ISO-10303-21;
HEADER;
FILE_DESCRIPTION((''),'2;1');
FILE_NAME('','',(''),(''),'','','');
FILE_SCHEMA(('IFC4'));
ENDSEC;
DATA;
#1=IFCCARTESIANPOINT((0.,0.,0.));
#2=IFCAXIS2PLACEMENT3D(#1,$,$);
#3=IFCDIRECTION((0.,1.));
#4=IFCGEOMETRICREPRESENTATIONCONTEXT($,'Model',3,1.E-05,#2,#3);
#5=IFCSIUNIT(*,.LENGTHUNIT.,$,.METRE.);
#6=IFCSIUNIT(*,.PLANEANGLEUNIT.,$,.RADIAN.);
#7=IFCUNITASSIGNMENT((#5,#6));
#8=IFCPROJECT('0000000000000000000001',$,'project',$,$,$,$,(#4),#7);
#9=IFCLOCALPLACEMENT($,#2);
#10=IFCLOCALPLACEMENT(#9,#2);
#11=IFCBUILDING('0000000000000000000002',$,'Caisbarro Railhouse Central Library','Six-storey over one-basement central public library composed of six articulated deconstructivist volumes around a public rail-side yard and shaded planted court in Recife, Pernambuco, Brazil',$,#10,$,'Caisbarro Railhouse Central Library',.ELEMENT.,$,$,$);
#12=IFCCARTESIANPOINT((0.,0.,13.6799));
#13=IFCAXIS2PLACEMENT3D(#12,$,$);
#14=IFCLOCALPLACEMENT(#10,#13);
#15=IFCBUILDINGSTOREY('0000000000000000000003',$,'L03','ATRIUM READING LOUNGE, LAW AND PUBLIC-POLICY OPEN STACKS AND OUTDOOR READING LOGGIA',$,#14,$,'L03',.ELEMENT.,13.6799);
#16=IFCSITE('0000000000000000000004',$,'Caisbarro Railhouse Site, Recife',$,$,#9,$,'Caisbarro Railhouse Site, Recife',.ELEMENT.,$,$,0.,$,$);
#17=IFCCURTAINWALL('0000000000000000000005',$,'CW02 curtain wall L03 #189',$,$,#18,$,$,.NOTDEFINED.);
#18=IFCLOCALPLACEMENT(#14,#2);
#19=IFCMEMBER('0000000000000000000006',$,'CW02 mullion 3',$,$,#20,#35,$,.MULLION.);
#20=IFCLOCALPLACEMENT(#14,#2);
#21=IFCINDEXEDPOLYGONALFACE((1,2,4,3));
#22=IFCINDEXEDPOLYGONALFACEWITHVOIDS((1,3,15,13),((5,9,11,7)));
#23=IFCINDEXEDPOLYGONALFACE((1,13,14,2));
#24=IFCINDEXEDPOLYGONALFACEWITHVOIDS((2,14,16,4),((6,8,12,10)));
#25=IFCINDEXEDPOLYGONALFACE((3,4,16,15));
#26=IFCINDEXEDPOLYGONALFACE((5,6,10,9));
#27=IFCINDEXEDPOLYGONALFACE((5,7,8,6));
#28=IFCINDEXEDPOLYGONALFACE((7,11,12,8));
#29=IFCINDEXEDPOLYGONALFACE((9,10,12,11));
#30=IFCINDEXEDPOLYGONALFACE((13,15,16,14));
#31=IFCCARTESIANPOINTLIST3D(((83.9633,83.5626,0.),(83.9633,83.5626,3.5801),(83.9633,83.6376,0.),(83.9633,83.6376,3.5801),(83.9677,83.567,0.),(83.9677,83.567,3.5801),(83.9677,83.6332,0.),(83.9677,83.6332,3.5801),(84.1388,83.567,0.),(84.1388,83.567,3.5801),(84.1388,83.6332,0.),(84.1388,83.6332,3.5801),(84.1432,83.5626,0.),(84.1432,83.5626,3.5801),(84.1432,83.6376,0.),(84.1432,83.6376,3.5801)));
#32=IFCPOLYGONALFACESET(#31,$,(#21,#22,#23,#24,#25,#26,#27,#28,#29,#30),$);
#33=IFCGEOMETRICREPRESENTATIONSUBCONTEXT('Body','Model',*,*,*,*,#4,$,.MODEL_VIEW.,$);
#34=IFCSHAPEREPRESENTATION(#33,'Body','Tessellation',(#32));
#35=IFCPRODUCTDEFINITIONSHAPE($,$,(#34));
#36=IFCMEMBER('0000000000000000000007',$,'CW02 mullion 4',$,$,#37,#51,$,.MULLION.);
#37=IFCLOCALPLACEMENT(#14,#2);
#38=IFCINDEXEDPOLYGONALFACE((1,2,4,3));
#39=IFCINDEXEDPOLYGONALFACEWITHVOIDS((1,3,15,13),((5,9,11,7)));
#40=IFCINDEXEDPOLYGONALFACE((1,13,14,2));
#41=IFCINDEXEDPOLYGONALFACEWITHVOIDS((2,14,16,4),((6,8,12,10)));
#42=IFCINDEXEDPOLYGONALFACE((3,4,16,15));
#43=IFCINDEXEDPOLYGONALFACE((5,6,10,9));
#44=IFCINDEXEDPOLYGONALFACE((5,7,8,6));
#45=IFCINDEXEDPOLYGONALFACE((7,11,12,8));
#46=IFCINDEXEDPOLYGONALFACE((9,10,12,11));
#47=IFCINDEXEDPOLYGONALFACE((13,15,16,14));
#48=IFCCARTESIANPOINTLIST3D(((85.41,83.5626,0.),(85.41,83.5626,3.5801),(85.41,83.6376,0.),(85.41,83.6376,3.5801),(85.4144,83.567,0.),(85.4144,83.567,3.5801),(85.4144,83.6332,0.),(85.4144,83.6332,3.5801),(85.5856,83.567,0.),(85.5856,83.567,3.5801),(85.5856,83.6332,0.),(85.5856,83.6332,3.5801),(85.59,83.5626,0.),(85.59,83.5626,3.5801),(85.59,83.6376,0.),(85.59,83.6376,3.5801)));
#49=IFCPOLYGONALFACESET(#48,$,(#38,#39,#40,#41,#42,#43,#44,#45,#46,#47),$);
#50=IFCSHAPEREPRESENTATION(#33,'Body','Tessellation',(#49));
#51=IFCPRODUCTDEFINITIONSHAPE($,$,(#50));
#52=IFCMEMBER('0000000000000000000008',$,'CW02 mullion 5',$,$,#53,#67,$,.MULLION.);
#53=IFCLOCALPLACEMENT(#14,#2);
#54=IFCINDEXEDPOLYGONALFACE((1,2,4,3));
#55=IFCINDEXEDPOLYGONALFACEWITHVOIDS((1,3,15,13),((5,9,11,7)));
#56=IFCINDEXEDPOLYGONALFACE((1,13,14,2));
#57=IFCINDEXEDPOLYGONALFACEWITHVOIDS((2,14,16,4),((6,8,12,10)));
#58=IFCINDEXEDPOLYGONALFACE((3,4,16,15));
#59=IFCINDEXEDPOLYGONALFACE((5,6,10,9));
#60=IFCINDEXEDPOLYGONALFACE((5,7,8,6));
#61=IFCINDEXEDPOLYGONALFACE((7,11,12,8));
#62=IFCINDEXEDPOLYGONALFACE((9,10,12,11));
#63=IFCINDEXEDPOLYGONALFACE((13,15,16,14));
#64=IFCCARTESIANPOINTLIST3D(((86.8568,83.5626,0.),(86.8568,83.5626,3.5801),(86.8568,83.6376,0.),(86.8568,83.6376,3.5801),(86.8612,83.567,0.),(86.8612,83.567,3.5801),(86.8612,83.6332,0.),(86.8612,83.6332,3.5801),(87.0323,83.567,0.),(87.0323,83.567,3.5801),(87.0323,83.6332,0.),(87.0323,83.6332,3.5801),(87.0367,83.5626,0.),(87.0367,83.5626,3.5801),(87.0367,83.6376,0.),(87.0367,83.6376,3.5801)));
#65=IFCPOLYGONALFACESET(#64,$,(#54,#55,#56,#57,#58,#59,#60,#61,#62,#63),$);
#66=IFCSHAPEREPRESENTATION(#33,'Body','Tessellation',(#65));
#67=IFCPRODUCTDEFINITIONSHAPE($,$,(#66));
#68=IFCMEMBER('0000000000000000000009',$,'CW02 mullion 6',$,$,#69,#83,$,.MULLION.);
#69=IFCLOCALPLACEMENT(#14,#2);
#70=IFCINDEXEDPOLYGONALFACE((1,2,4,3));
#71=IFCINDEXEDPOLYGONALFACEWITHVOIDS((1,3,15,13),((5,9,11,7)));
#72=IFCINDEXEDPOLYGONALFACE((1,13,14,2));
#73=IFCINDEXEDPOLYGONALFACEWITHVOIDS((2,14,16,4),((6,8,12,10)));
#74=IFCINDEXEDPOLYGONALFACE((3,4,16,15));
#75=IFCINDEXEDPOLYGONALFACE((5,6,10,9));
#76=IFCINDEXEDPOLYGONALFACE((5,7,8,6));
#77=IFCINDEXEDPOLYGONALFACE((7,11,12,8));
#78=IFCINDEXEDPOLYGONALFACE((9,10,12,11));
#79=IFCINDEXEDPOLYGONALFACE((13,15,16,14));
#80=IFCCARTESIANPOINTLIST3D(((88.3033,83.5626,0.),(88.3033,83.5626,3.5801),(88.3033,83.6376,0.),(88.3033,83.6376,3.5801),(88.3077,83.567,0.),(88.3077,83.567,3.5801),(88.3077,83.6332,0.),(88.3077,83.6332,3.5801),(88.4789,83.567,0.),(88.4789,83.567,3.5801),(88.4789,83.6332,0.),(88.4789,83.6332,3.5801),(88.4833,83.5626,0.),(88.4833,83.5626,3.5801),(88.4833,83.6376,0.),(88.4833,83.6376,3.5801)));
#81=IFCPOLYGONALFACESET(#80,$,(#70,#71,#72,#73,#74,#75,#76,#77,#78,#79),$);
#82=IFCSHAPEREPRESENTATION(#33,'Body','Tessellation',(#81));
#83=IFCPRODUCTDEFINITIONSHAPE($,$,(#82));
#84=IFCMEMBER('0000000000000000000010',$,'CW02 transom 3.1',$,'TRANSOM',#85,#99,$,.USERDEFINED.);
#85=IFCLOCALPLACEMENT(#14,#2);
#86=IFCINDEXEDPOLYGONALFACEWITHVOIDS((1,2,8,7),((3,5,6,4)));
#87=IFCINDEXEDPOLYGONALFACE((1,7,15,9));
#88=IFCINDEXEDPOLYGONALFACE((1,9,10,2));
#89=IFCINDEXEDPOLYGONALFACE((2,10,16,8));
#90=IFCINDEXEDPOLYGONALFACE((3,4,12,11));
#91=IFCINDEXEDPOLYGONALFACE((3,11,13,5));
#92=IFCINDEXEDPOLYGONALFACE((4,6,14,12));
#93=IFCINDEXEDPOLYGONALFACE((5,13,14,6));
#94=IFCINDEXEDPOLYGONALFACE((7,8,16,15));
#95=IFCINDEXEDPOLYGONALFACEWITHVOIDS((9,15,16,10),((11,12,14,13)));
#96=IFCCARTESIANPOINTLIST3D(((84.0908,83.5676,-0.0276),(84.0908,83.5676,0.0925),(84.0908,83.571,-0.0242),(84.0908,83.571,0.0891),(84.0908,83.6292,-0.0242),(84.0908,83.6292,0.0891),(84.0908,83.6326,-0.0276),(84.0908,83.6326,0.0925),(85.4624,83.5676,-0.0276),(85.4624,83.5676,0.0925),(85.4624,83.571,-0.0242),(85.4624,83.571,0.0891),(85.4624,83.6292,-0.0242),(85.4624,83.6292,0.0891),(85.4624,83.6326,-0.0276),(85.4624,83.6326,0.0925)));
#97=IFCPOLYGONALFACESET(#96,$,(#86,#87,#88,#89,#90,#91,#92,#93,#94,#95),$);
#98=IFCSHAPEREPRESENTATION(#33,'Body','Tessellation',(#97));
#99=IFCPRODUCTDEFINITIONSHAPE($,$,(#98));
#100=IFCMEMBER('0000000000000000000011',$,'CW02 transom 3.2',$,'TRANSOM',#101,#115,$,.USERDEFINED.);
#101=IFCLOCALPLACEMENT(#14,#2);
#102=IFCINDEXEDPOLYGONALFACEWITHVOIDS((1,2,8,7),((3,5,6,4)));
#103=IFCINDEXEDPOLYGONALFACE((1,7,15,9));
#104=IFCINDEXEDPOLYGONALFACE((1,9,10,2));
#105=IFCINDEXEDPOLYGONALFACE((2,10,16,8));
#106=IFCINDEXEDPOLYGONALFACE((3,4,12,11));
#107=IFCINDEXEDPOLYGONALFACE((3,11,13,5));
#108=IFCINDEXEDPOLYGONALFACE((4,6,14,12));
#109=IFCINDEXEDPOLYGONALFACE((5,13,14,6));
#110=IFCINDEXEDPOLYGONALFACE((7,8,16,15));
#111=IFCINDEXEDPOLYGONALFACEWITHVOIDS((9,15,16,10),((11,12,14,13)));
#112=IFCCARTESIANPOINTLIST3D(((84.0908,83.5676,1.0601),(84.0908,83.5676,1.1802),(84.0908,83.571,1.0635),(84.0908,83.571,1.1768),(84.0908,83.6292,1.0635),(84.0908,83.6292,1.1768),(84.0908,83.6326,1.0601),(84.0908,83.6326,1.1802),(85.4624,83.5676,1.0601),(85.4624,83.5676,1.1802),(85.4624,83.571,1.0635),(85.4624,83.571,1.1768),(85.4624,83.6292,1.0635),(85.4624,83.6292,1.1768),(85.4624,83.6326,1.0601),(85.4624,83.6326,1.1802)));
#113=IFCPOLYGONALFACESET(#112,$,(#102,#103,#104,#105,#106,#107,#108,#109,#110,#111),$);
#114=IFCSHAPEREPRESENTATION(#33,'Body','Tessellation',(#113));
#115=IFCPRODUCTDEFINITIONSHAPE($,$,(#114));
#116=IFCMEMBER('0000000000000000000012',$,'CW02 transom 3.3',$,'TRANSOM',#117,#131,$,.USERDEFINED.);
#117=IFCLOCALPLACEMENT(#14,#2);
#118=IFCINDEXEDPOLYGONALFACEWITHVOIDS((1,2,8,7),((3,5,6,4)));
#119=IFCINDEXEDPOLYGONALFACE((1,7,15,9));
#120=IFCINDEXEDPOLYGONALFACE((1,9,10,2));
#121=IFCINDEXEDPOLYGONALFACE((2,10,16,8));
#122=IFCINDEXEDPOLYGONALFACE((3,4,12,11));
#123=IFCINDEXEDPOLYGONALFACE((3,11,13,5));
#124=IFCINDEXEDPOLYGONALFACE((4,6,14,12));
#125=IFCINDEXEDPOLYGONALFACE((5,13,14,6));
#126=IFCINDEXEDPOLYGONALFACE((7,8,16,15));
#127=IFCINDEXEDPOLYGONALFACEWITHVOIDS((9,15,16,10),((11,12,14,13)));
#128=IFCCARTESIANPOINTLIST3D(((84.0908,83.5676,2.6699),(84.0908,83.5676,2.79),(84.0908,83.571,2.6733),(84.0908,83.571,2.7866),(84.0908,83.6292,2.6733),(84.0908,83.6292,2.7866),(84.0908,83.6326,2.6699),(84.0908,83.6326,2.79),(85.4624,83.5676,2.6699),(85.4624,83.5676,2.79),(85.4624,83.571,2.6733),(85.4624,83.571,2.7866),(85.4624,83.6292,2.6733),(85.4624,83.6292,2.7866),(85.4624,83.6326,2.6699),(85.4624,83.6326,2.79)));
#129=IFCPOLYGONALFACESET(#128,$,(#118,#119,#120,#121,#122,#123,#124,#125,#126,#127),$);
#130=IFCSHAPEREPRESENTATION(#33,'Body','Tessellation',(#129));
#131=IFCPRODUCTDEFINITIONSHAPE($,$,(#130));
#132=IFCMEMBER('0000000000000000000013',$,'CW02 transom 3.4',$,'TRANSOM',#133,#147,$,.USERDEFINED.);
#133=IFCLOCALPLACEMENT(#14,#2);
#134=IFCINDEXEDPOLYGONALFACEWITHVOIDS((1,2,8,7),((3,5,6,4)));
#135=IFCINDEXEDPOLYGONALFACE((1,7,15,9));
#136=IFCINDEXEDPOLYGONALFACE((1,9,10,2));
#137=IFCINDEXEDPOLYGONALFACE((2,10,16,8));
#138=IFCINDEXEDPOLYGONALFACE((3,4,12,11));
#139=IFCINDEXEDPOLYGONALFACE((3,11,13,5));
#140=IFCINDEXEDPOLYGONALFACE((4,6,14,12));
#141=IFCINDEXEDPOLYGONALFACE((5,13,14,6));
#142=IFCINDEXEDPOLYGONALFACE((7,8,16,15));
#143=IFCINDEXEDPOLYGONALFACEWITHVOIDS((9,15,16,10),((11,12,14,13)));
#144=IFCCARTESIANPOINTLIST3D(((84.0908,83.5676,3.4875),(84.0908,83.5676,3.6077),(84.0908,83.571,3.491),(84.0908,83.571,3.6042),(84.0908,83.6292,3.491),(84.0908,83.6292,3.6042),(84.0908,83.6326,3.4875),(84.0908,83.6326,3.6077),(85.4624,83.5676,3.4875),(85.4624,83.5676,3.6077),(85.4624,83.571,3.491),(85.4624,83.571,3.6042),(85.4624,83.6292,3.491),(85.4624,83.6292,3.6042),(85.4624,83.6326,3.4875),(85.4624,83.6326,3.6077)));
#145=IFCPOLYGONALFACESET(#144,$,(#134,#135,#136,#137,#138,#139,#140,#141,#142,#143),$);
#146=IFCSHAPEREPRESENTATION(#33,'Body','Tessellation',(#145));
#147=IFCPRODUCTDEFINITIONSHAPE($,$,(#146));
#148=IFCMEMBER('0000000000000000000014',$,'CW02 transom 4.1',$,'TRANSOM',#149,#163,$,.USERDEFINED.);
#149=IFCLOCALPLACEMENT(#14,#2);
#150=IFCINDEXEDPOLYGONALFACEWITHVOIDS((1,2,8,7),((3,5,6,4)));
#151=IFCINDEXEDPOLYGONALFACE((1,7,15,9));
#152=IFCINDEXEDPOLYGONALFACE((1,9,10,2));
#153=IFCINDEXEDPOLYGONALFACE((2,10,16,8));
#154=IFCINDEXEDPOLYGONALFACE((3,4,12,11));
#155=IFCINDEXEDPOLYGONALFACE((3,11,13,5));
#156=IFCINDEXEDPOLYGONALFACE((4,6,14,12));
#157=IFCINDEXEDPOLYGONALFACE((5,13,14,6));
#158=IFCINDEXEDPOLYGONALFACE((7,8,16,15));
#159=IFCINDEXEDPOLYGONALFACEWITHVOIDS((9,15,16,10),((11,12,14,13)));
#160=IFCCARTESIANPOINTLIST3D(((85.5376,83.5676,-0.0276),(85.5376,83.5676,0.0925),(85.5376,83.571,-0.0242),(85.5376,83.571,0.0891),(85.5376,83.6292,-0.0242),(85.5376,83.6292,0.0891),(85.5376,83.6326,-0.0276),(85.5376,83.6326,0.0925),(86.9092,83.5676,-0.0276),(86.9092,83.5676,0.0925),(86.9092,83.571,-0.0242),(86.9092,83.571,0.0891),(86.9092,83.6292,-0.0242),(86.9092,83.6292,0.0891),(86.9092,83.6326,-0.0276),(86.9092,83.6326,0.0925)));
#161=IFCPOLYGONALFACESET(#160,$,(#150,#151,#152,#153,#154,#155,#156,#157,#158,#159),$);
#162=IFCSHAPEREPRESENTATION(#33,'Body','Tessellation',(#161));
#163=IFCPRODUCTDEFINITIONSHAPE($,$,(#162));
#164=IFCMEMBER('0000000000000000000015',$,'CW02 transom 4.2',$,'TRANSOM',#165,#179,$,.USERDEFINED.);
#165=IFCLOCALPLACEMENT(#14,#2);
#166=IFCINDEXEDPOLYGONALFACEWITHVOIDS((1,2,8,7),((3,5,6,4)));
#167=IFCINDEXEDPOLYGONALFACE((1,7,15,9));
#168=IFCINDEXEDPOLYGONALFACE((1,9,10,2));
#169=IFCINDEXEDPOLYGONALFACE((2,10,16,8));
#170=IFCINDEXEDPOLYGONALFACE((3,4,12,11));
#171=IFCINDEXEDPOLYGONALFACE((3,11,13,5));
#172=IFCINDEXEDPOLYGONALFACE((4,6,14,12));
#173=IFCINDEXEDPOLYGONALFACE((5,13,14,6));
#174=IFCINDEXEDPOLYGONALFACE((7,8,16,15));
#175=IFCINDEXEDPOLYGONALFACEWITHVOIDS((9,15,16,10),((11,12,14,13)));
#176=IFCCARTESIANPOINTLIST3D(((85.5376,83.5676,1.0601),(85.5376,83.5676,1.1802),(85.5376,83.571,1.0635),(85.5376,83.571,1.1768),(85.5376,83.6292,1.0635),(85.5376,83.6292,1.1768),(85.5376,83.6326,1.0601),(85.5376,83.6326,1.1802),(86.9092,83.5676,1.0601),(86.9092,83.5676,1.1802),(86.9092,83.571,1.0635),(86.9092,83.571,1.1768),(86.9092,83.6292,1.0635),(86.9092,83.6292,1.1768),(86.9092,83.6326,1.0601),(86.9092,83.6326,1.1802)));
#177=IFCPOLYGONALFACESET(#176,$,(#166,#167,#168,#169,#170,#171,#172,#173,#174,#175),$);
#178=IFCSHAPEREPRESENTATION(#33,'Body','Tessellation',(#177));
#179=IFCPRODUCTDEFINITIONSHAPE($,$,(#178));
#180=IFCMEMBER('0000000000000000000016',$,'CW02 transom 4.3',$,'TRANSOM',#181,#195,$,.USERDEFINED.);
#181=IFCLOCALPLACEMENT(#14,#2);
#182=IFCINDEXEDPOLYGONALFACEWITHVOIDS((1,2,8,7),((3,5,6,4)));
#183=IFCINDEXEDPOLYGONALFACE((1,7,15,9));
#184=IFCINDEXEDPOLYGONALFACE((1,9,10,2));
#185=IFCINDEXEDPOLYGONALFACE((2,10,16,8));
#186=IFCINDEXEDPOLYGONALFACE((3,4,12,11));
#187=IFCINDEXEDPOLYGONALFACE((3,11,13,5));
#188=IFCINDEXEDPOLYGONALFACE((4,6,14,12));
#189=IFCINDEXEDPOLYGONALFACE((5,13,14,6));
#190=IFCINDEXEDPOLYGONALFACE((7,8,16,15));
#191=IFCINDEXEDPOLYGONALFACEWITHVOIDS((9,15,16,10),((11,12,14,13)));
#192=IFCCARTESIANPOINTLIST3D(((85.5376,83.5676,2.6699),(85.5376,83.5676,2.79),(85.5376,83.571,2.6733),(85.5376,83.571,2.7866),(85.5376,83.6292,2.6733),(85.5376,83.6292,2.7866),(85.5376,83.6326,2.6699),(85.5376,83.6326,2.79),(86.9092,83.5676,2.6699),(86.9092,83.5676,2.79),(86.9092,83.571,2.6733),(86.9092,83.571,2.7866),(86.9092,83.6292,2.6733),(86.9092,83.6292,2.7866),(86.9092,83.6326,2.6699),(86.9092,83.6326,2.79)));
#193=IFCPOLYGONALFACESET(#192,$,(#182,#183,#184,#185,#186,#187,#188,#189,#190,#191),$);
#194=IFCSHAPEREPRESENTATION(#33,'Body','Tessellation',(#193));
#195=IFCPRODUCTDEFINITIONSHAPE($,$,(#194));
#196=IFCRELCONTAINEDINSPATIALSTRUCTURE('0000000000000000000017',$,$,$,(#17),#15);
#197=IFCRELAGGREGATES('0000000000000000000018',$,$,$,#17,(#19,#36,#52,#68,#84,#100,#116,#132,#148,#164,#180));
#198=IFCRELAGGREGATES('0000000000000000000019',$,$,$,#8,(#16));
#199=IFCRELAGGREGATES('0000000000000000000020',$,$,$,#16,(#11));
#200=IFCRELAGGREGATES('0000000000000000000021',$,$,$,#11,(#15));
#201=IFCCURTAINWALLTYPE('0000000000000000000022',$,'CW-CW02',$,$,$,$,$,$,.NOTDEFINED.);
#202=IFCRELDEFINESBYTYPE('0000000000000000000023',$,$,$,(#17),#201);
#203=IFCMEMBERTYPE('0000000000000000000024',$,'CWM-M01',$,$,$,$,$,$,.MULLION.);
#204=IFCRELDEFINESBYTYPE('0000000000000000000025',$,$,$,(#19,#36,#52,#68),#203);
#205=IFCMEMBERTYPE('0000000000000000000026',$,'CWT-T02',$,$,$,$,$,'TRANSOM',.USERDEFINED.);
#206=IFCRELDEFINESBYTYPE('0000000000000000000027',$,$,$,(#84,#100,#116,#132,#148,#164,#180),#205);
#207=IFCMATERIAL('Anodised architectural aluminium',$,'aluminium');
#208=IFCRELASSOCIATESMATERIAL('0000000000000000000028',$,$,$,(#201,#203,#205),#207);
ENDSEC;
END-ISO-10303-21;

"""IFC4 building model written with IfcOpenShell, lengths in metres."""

from ifc_helpers import new_model, si_unit, direction, frame, origin, origin_2d, place, context, subcontext, project, spatial, hollow_rectangle, extrude, material, material_profile, profile_set, type_object, element, aggregate, save


model = new_model("IFC4")

# Units and contexts
model_context = context("Model", 3, precision=1e-05, world=origin(), true_north=direction((0.0, 1.0)))
body_context = subcontext(model_context, "Body", "Model", "MODEL_VIEW")
ifc_project = project(units=[si_unit("LENGTHUNIT", "METRE"), si_unit("PLANEANGLEUNIT", "RADIAN")], contexts=[model_context])

# Site, building, storey
site_placement = place(None, origin())
site = spatial("IfcSite", under=ifc_project, at=site_placement, Name="Caisbarro Railhouse Site, Recife", LongName="Caisbarro Railhouse Site, Recife", CompositionType="ELEMENT", RefElevation=0.0)
building_placement = place(site_placement, origin())
building = spatial("IfcBuilding", under=site, at=building_placement, Name="Caisbarro Railhouse Central Library", Description="Six-storey over one-basement central public library composed of six articulated deconstructivist volumes around a public rail-side yard and shaded planted court in Recife, Pernambuco, Brazil", LongName="Caisbarro Railhouse Central Library", CompositionType="ELEMENT")
storey_placement = place(building_placement, frame((0.0, 0.0, 13.6799)))
storey = spatial("IfcBuildingStorey", under=building, at=storey_placement, Name="L03", Description="ATRIUM READING LOUNGE, LAW AND PUBLIC-POLICY OPEN STACKS AND OUTDOOR READING LOGGIA", LongName="L03", CompositionType="ELEMENT", Elevation=13.6799)

# Curtain wall, members
ifc_material_1 = material(Name="Anodised architectural aluminium", Category="aluminium")
curtain_wall_type = type_object("IfcCurtainWallType", Name="CW-CW02", PredefinedType="NOTDEFINED", material=ifc_material_1)
curtain_wall_placement = place(storey_placement, origin())
curtain_wall = element("IfcCurtainWall", 1, at=curtain_wall_placement, inside=storey, type_object=curtain_wall_type, Name="CW02 curtain wall L03 #189", PredefinedType="NOTDEFINED")
ifc_material_profile_1 = material_profile(ifc_material_1, hollow_rectangle(XDim=0.075, YDim=0.1799, WallThickness=0.0044, at=origin_2d()), Name="ALU-MUL-75X180")
ifc_profile_set_1 = profile_set([ifc_material_profile_1], Name="Anodised architectural aluminium")
member_type_1 = type_object("IfcMemberType", Name="CWM-M01", PredefinedType="MULLION", material=ifc_profile_set_1)
member_1_placement = place(storey_placement, frame((84.0532, 83.6001, 0.0), z_axis=(0.0, 0.0, 1.0), x_axis=(0.0, 1.0, 0.0)))
member_1 = element("IfcMember", 2, at=member_1_placement, type_object=member_type_1, Name="CW02 mullion 3", PredefinedType="MULLION", context=body_context, shape_type="SweptSolid", body=[
    extrude(hollow_rectangle(XDim=0.075, YDim=0.1799, WallThickness=0.0044, at=origin_2d()), origin(), (0.0, 0.0, 1.0), 3.5801),
])
member_2_placement = place(storey_placement, frame((85.5, 83.6001, 0.0), z_axis=(0.0, 0.0, 1.0), x_axis=(0.0, 1.0, 0.0)))
member_2 = element("IfcMember", 3, at=member_2_placement, type_object=member_type_1, Name="CW02 mullion 4", PredefinedType="MULLION", context=body_context, shape_type="SweptSolid", body=[
    extrude(hollow_rectangle(XDim=0.075, YDim=0.1799, WallThickness=0.0044, at=origin_2d()), origin(), (0.0, 0.0, 1.0), 3.5801),
])
member_3_placement = place(storey_placement, frame((86.9468, 83.6001, 0.0), z_axis=(0.0, 0.0, 1.0), x_axis=(0.0, 1.0, 0.0)))
member_3 = element("IfcMember", 4, at=member_3_placement, type_object=member_type_1, Name="CW02 mullion 5", PredefinedType="MULLION", context=body_context, shape_type="SweptSolid", body=[
    extrude(hollow_rectangle(XDim=0.075, YDim=0.1799, WallThickness=0.0044, at=origin_2d()), origin(), (0.0, 0.0, 1.0), 3.5801),
])
member_4_placement = place(storey_placement, frame((88.3933, 83.6001, 0.0), z_axis=(0.0, 0.0, 1.0), x_axis=(0.0, 1.0, 0.0)))
member_4 = element("IfcMember", 5, at=member_4_placement, type_object=member_type_1, Name="CW02 mullion 6", PredefinedType="MULLION", context=body_context, shape_type="SweptSolid", body=[
    extrude(hollow_rectangle(XDim=0.075, YDim=0.1799, WallThickness=0.0044, at=origin_2d()), origin(), (0.0, 0.0, 1.0), 3.5801),
])
ifc_material_profile_2 = material_profile(ifc_material_1, hollow_rectangle(XDim=0.0649, YDim=0.1201, WallThickness=0.0034, at=origin_2d()), Name="ALU-TRN-65X120")
ifc_profile_set_2 = profile_set([ifc_material_profile_2], Name="Anodised architectural aluminium")
member_type_2 = type_object("IfcMemberType", Name="CWT-T02", ElementType="TRANSOM", PredefinedType="USERDEFINED", material=ifc_profile_set_2)
member_5_placement = place(storey_placement, frame((84.0908, 83.6001, 0.0325), z_axis=(1.0, 0.0, 0.0), x_axis=(0.0, 1.0, 0.0)))
member_5 = element("IfcMember", 6, at=member_5_placement, type_object=member_type_2, Name="CW02 transom 3.1", ObjectType="TRANSOM", PredefinedType="USERDEFINED", context=body_context, shape_type="SweptSolid", body=[
    extrude(hollow_rectangle(XDim=0.0649, YDim=0.1201, WallThickness=0.0034, at=origin_2d()), origin(), (0.0, 0.0, 1.0), 1.3716),
])
member_6_placement = place(storey_placement, frame((84.0908, 83.6001, 1.1201), z_axis=(1.0, 0.0, 0.0), x_axis=(0.0, 1.0, 0.0)))
member_6 = element("IfcMember", 7, at=member_6_placement, type_object=member_type_2, Name="CW02 transom 3.2", ObjectType="TRANSOM", PredefinedType="USERDEFINED", context=body_context, shape_type="SweptSolid", body=[
    extrude(hollow_rectangle(XDim=0.0649, YDim=0.1201, WallThickness=0.0034, at=origin_2d()), origin(), (0.0, 0.0, 1.0), 1.3716),
])
member_7_placement = place(storey_placement, frame((84.0908, 83.6001, 2.73), z_axis=(1.0, 0.0, 0.0), x_axis=(0.0, 1.0, 0.0)))
member_7 = element("IfcMember", 8, at=member_7_placement, type_object=member_type_2, Name="CW02 transom 3.3", ObjectType="TRANSOM", PredefinedType="USERDEFINED", context=body_context, shape_type="SweptSolid", body=[
    extrude(hollow_rectangle(XDim=0.0649, YDim=0.1201, WallThickness=0.0034, at=origin_2d()), origin(), (0.0, 0.0, 1.0), 1.3716),
])
member_8_placement = place(storey_placement, frame((84.0908, 83.6001, 3.5476), z_axis=(1.0, 0.0, 0.0), x_axis=(0.0, 1.0, 0.0)))
member_8 = element("IfcMember", 9, at=member_8_placement, type_object=member_type_2, Name="CW02 transom 3.4", ObjectType="TRANSOM", PredefinedType="USERDEFINED", context=body_context, shape_type="SweptSolid", body=[
    extrude(hollow_rectangle(XDim=0.0649, YDim=0.1201, WallThickness=0.0034, at=origin_2d()), origin(), (0.0, 0.0, 1.0), 1.3716),
])
member_9_placement = place(storey_placement, frame((85.5376, 83.6001, 0.0325), z_axis=(1.0, 0.0, 0.0), x_axis=(0.0, 1.0, 0.0)))
member_9 = element("IfcMember", 10, at=member_9_placement, type_object=member_type_2, Name="CW02 transom 4.1", ObjectType="TRANSOM", PredefinedType="USERDEFINED", context=body_context, shape_type="SweptSolid", body=[
    extrude(hollow_rectangle(XDim=0.0649, YDim=0.1201, WallThickness=0.0034, at=origin_2d()), origin(), (0.0, 0.0, 1.0), 1.3716),
])
member_10_placement = place(storey_placement, frame((85.5376, 83.6001, 1.1201), z_axis=(1.0, 0.0, 0.0), x_axis=(0.0, 1.0, 0.0)))
member_10 = element("IfcMember", 11, at=member_10_placement, type_object=member_type_2, Name="CW02 transom 4.2", ObjectType="TRANSOM", PredefinedType="USERDEFINED", context=body_context, shape_type="SweptSolid", body=[
    extrude(hollow_rectangle(XDim=0.0649, YDim=0.1201, WallThickness=0.0034, at=origin_2d()), origin(), (0.0, 0.0, 1.0), 1.3716),
])
member_11_placement = place(storey_placement, frame((85.5376, 83.6001, 2.73), z_axis=(1.0, 0.0, 0.0), x_axis=(0.0, 1.0, 0.0)))
member_11 = element("IfcMember", 12, at=member_11_placement, type_object=member_type_2, Name="CW02 transom 4.3", ObjectType="TRANSOM", PredefinedType="USERDEFINED", context=body_context, shape_type="SweptSolid", body=[
    extrude(hollow_rectangle(XDim=0.0649, YDim=0.1201, WallThickness=0.0034, at=origin_2d()), origin(), (0.0, 0.0, 1.0), 1.3716),
])
aggregate(curtain_wall, [member_1, member_2, member_3, member_4, member_5, member_6, member_7, member_8, member_9, member_10, member_11])

save(model, "model.ifc")
